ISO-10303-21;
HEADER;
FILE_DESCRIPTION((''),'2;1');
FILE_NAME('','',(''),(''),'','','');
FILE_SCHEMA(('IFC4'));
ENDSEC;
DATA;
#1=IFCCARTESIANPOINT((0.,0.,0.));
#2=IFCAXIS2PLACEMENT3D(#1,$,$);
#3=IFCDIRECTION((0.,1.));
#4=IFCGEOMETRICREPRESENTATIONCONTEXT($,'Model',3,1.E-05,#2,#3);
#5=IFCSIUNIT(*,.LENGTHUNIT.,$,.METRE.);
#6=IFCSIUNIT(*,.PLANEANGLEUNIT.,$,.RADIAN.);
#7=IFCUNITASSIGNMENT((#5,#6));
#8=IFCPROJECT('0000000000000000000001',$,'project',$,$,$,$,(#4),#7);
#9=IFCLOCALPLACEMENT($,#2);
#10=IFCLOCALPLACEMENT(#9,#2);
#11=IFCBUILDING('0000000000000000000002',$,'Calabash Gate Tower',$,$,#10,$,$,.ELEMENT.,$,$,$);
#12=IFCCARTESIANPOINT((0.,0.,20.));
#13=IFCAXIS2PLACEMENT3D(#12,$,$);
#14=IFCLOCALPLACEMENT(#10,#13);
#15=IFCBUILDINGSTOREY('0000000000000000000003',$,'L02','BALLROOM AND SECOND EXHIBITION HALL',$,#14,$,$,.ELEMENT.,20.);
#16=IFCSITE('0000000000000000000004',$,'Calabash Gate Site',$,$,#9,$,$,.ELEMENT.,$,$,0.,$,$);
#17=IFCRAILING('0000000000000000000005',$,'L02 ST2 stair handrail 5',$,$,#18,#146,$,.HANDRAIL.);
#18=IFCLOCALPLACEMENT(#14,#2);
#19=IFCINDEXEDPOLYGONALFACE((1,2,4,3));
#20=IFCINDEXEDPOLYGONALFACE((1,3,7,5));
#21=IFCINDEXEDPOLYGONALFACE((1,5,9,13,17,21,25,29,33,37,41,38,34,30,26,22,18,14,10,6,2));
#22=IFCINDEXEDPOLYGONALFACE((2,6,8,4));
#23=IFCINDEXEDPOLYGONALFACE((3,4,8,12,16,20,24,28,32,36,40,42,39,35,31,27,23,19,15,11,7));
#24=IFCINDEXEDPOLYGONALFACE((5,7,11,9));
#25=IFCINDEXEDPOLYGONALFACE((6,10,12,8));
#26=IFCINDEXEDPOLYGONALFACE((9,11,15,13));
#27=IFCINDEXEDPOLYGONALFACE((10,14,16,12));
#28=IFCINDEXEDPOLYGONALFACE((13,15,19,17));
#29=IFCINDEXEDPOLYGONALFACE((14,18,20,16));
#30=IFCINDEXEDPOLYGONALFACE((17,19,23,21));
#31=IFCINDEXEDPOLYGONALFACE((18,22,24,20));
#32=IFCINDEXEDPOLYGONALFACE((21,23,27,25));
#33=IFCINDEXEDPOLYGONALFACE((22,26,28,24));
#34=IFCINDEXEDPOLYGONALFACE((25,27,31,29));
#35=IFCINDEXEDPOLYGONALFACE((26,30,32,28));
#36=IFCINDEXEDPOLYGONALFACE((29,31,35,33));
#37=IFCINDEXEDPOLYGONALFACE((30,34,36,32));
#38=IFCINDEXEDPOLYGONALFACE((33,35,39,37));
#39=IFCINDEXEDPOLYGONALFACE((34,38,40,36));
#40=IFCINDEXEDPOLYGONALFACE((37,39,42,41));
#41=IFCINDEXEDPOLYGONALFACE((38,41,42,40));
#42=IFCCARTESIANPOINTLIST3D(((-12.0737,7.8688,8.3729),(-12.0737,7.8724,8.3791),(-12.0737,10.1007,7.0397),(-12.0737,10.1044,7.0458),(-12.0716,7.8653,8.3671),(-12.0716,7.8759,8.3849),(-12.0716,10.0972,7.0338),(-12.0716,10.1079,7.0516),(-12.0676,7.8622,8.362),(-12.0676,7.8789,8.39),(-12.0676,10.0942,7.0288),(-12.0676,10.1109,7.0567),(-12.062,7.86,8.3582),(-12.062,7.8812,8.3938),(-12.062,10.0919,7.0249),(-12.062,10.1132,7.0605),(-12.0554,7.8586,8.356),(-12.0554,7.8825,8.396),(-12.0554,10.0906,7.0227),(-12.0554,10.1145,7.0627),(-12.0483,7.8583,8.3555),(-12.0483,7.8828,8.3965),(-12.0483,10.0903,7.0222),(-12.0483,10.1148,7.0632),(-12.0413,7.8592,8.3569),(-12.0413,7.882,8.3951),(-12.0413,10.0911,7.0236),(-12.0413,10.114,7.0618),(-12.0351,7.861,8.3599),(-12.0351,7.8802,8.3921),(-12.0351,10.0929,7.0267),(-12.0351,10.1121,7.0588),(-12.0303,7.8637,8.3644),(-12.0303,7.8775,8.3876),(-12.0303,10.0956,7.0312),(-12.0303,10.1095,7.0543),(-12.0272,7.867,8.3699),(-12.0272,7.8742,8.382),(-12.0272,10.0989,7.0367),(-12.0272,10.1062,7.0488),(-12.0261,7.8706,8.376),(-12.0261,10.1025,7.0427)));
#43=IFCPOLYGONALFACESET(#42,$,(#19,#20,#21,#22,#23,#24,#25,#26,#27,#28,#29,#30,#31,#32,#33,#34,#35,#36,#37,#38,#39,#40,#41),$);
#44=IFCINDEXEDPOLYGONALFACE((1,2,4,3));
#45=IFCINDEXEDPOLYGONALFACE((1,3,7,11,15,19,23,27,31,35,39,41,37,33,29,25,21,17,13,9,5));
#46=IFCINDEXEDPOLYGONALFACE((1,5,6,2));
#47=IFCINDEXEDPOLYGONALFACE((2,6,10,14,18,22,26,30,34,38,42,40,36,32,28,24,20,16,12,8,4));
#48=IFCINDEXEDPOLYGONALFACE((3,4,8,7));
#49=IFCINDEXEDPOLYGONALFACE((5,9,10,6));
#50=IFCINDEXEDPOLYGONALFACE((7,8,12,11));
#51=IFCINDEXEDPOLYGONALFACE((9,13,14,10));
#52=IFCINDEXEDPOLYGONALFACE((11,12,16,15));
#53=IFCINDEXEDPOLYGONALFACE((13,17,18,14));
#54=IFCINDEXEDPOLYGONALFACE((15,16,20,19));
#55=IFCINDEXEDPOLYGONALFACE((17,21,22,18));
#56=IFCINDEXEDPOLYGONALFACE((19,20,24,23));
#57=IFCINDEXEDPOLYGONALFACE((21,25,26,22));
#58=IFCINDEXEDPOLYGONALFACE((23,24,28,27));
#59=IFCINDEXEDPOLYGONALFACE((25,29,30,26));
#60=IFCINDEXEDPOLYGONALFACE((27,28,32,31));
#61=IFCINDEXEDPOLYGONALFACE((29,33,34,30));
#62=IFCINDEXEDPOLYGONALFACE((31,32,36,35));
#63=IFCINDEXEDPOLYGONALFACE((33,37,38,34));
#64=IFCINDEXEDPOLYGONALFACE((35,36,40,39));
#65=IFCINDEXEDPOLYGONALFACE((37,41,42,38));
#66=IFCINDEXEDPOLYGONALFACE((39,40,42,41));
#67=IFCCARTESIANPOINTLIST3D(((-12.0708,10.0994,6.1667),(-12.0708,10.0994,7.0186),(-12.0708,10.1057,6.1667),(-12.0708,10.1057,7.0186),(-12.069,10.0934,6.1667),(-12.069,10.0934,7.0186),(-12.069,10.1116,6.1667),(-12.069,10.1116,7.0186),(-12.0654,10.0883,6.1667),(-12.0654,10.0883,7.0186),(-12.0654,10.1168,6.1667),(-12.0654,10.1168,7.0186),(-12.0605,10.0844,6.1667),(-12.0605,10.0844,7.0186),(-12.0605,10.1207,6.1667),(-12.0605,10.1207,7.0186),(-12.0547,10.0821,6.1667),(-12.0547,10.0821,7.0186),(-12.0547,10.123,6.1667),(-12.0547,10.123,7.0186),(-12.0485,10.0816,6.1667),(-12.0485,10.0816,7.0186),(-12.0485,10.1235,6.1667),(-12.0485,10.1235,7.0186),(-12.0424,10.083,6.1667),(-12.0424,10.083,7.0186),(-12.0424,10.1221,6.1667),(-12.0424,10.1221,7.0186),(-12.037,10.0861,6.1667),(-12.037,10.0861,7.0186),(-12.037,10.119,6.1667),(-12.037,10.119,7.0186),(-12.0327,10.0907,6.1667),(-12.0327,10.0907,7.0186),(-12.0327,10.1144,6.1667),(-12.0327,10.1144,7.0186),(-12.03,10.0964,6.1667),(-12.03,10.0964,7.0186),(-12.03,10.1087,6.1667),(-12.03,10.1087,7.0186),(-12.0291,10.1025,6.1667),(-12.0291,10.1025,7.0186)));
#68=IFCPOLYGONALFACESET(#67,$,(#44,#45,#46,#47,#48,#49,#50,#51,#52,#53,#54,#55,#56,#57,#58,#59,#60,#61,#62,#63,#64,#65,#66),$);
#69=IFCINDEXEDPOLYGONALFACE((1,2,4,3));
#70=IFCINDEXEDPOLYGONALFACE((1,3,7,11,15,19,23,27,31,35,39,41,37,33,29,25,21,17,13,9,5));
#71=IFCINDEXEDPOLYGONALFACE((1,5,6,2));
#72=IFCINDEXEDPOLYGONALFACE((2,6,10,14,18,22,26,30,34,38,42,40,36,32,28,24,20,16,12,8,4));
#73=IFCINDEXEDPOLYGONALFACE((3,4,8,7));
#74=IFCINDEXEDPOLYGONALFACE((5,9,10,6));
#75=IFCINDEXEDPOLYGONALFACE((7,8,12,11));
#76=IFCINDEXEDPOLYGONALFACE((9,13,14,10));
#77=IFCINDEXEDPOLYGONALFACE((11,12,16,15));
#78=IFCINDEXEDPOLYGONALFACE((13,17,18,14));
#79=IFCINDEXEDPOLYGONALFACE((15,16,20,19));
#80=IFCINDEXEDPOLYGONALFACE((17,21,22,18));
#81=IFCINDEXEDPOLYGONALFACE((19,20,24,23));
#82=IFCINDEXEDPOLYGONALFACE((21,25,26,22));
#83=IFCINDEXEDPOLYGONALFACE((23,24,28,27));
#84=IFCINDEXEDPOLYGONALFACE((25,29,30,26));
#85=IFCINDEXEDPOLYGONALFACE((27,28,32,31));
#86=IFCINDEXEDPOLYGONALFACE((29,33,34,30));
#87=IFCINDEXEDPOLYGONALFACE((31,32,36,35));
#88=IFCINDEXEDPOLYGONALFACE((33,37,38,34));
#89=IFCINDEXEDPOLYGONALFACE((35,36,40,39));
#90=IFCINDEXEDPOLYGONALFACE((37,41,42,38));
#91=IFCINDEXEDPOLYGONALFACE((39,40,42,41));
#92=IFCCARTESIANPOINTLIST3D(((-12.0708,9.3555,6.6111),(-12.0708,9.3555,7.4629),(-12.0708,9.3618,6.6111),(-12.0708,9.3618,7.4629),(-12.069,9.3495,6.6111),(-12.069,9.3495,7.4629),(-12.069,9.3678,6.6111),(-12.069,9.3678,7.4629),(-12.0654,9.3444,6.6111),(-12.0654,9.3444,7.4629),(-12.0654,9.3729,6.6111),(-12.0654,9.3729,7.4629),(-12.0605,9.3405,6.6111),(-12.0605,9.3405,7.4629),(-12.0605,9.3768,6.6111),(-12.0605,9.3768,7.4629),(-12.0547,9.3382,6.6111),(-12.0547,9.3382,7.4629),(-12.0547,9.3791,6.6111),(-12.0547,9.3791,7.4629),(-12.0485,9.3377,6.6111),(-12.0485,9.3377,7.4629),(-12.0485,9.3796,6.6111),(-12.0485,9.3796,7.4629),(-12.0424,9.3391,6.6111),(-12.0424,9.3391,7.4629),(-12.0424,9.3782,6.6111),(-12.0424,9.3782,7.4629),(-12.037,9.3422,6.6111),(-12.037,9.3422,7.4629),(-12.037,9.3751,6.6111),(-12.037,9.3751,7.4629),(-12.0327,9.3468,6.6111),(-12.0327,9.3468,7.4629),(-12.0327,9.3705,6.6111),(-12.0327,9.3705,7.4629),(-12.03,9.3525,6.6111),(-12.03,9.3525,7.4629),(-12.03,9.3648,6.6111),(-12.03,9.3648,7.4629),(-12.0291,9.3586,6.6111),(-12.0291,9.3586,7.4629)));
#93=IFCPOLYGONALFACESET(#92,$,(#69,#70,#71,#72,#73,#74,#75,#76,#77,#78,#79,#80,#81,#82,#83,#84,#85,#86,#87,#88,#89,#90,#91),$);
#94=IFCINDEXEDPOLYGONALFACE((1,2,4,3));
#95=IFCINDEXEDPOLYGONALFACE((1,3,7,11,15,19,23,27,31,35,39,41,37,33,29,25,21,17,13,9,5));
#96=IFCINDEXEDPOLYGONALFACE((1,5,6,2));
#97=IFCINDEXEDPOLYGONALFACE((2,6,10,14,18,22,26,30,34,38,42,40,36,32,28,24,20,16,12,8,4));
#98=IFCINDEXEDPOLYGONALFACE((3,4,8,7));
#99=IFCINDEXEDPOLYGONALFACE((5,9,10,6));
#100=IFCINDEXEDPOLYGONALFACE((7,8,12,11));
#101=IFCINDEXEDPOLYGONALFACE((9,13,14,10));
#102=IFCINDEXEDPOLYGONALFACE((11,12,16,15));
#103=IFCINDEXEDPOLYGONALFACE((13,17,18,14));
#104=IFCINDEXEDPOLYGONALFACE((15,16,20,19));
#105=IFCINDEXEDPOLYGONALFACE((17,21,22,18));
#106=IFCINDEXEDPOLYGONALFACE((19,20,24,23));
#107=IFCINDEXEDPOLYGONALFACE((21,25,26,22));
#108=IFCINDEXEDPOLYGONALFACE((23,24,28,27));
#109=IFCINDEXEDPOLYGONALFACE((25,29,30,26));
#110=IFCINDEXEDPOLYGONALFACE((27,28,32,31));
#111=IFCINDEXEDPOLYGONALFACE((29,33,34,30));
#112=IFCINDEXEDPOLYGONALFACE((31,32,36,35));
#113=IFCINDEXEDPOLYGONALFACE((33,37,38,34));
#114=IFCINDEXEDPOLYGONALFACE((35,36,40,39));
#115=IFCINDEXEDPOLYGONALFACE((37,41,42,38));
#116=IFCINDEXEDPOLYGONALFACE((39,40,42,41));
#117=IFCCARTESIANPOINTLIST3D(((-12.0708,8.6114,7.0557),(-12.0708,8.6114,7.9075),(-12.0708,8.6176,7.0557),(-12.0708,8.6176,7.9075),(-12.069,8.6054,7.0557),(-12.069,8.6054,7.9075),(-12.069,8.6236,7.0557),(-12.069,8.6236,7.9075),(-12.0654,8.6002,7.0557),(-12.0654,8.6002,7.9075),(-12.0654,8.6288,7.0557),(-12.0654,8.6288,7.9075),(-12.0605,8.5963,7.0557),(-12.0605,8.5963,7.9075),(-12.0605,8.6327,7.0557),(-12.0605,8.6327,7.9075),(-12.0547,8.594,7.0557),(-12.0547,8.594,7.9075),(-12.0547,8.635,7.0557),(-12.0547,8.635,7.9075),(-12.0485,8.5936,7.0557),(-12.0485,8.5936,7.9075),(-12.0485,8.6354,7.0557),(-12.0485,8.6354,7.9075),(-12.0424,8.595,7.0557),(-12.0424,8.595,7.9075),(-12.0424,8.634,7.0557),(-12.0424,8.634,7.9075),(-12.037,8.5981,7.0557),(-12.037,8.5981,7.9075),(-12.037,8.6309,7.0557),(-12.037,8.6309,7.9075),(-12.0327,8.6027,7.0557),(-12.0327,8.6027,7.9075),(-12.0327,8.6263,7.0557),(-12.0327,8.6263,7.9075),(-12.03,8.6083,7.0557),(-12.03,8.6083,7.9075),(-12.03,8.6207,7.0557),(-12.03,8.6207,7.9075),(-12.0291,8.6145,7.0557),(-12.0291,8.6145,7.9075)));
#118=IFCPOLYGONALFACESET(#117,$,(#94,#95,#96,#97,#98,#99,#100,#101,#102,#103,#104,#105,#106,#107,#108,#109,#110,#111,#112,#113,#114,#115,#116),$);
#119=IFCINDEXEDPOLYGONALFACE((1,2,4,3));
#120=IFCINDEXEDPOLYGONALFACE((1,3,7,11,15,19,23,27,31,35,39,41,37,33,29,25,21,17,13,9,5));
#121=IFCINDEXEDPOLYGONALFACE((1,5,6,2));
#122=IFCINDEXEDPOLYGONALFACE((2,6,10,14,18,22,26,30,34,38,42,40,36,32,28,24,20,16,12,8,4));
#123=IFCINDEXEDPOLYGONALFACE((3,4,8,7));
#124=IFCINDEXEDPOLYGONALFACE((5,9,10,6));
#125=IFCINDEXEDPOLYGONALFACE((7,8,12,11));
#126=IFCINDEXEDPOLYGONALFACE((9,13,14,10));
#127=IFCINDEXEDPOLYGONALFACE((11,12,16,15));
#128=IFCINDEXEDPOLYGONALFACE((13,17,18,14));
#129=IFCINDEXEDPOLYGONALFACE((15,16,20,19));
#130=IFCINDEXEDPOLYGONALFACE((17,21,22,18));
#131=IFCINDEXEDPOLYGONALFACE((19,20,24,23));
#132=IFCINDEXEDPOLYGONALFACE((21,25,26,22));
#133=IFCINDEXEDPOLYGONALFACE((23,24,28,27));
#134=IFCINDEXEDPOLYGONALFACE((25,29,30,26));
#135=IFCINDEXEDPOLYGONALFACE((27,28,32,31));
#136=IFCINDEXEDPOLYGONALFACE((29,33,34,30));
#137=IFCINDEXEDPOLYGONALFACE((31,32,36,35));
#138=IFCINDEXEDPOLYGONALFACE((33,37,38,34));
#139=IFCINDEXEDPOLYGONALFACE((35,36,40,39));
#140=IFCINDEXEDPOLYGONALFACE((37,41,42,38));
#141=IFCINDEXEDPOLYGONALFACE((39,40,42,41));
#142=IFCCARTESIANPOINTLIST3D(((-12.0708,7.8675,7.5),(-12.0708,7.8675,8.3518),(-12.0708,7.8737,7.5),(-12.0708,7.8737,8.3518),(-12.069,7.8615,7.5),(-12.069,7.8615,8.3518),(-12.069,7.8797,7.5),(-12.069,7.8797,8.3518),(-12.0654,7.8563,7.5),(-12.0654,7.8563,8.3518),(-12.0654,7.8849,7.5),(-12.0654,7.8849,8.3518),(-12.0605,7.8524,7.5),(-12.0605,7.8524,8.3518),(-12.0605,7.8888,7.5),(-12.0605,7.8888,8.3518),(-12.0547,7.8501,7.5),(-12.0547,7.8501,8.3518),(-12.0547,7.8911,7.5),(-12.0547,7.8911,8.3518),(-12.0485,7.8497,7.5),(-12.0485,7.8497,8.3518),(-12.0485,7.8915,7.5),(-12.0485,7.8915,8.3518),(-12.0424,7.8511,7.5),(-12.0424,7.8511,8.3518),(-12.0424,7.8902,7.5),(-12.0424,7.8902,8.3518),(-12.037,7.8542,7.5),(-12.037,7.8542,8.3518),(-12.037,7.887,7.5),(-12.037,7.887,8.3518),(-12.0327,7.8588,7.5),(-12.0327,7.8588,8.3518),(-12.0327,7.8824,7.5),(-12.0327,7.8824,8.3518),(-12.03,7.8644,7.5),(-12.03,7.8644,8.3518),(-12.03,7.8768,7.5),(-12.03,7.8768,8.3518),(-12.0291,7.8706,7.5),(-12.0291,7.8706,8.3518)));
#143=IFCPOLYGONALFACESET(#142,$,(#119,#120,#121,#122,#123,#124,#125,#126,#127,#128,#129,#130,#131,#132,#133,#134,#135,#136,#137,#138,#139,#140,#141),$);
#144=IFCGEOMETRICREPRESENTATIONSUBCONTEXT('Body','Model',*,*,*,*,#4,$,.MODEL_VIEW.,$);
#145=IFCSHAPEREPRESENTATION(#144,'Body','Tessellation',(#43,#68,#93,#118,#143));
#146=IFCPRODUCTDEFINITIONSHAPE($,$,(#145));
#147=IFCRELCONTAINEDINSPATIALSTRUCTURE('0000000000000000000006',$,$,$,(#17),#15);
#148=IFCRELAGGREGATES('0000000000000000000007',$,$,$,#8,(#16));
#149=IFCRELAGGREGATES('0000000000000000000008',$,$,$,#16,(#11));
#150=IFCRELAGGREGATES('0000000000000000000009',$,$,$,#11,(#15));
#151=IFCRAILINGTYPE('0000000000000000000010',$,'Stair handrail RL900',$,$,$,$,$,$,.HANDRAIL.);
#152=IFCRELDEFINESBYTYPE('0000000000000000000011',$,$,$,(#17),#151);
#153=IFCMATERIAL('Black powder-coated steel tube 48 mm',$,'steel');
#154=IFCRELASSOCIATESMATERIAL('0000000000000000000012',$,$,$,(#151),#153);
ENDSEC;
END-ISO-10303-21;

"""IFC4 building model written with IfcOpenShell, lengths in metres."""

from ifc_helpers import new_model, si_unit, direction, frame, origin, origin_2d, place, context, subcontext, project, spatial, circle, extrude, material, type_object, element, save


model = new_model("IFC4")

# Units and contexts
model_context = context("Model", 3, precision=1e-05, world=origin(), true_north=direction((0.0, 1.0)))
body_context = subcontext(model_context, "Body", "Model", "MODEL_VIEW")
ifc_project = project(units=[si_unit("LENGTHUNIT", "METRE"), si_unit("PLANEANGLEUNIT", "RADIAN")], contexts=[model_context])

# Site, building, storey
site_placement = place(None, origin())
site = spatial("IfcSite", under=ifc_project, at=site_placement, Name="Calabash Gate Site", CompositionType="ELEMENT", RefElevation=0.0)
building_placement = place(site_placement, origin())
building = spatial("IfcBuilding", under=site, at=building_placement, Name="Calabash Gate Tower", CompositionType="ELEMENT")
storey_placement = place(building_placement, frame((0.0, 0.0, 20.0)))
storey = spatial("IfcBuildingStorey", under=building, at=storey_placement, Name="L02", Description="BALLROOM AND SECOND EXHIBITION HALL", CompositionType="ELEMENT", Elevation=20.0)

# Railing
ifc_material_1 = material(Name="Black powder-coated steel tube 48 mm", Category="steel")
railing_type_1 = type_object("IfcRailingType", Name="Stair handrail RL900", PredefinedType="HANDRAIL", material=ifc_material_1)
railing_1_placement = place(storey_placement, frame((-12.05, 10.1025, 6.1667)))
element("IfcRailing", 1, at=railing_1_placement, inside=storey, type_object=railing_type_1, Name="L02 ST2 stair handrail 5", PredefinedType="HANDRAIL", context=body_context, shape_type="SweptSolid", body=[
    extrude(circle(Radius=0.0239, at=origin_2d()), frame((0.0, 0.0, 0.876), z_axis=(0.0, -0.858494, 0.512824), x_axis=(1.0, 0.0, 0.0)), (0.0, 0.0, 1.0), 2.5999),
    extrude(circle(Radius=0.021, at=origin_2d()), origin(), (0.0, 0.0, 1.0), 0.8518),
    extrude(circle(Radius=0.021, at=origin_2d()), frame((0.0, -0.7439, 0.4443)), (0.0, 0.0, 1.0), 0.8518),
    extrude(circle(Radius=0.021, at=origin_2d()), frame((0.0, -1.488, 0.8889)), (0.0, 0.0, 1.0), 0.8518),
    extrude(circle(Radius=0.021, at=origin_2d()), frame((0.0, -2.2319, 1.3333)), (0.0, 0.0, 1.0), 0.8518),
])

save(model, "model.ifc")
